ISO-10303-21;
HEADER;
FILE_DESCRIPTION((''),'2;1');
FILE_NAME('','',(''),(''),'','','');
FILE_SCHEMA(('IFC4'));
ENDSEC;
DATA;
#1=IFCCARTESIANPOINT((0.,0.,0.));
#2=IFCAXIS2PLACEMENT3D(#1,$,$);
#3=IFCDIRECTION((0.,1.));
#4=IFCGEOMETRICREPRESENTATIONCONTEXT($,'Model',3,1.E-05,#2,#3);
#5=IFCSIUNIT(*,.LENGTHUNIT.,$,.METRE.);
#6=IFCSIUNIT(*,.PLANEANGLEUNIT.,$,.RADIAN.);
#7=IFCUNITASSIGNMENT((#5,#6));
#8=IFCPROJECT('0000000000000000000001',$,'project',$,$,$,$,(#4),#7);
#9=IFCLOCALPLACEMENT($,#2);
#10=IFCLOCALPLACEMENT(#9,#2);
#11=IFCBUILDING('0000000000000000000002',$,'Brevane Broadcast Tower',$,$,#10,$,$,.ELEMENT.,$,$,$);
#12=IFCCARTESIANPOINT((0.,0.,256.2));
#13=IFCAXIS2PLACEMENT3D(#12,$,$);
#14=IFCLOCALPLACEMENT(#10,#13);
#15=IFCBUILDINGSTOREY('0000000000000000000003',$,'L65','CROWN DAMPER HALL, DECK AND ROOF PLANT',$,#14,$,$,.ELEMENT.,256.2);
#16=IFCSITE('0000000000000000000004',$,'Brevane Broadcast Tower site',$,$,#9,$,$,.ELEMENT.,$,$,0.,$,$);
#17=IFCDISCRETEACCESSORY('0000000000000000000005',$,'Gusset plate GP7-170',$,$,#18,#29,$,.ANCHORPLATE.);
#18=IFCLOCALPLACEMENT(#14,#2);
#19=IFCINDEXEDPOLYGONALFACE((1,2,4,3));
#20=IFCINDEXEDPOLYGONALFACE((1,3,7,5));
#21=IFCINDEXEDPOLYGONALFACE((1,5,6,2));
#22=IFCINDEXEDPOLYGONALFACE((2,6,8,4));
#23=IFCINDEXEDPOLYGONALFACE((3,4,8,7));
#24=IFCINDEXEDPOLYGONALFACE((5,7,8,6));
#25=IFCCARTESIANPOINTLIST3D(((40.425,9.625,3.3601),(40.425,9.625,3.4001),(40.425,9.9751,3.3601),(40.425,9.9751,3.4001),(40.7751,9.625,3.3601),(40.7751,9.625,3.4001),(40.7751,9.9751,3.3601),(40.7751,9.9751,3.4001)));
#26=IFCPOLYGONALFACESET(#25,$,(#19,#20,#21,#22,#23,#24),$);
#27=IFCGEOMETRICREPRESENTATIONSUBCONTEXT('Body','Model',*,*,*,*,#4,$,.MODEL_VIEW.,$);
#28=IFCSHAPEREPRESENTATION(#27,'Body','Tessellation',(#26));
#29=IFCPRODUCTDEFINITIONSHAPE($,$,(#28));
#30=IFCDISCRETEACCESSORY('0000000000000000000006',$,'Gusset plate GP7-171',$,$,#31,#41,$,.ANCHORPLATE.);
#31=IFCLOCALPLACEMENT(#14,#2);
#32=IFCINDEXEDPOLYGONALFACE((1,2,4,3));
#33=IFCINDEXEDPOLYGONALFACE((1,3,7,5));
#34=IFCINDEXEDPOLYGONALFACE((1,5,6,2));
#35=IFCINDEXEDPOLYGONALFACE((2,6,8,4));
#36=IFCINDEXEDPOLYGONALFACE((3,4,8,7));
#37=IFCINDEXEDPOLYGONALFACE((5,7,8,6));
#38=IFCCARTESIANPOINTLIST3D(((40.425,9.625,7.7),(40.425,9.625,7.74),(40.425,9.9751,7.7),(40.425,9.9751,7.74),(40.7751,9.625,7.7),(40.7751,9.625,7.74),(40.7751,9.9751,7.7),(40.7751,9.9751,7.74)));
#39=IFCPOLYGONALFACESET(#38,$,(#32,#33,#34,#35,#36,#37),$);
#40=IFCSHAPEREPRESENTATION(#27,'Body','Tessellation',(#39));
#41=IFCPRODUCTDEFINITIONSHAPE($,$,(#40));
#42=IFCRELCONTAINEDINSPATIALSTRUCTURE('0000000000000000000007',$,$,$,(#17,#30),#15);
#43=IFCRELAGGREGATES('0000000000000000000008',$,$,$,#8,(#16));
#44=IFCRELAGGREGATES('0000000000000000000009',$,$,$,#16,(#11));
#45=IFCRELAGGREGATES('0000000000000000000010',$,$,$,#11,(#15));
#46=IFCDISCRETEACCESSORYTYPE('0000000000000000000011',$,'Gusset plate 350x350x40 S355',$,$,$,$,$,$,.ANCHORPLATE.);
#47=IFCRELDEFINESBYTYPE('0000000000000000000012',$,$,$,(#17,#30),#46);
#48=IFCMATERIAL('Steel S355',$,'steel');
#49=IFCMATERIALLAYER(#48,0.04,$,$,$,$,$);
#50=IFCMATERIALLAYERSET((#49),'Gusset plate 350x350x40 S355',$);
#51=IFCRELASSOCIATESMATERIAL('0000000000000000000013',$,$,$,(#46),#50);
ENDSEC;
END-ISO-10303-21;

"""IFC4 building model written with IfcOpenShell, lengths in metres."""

from ifc_helpers import new_model, si_unit, direction, frame, origin, origin_2d, place, context, subcontext, project, spatial, rectangle, extrude, material, layer, layer_set, type_object, element, save


model = new_model("IFC4")

# Units and contexts
model_context = context("Model", 3, precision=1e-05, world=origin(), true_north=direction((0.0, 1.0)))
body_context = subcontext(model_context, "Body", "Model", "MODEL_VIEW")
ifc_project = project(units=[si_unit("LENGTHUNIT", "METRE"), si_unit("PLANEANGLEUNIT", "RADIAN")], contexts=[model_context])

# Site, building, storey
site_placement = place(None, origin())
site = spatial("IfcSite", under=ifc_project, at=site_placement, Name="Brevane Broadcast Tower site", CompositionType="ELEMENT", RefElevation=0.0)
building_placement = place(site_placement, origin())
building = spatial("IfcBuilding", under=site, at=building_placement, Name="Brevane Broadcast Tower", CompositionType="ELEMENT")
storey_placement = place(building_placement, frame((0.0, 0.0, 256.2)))
storey = spatial("IfcBuildingStorey", under=building, at=storey_placement, Name="L65", Description="CROWN DAMPER HALL, DECK AND ROOF PLANT", CompositionType="ELEMENT", Elevation=256.2)

# Shared definitions
ifc_material_1 = material(Name="Steel S355", Category="steel")

# Discrete accessories
ifc_layer_1 = layer(ifc_material_1, 0.04)
ifc_layer_set_1 = layer_set([ifc_layer_1], Name="Gusset plate 350x350x40 S355")
discrete_accessory_type = type_object("IfcDiscreteAccessoryType", Name="Gusset plate 350x350x40 S355", PredefinedType="ANCHORPLATE", material=ifc_layer_set_1)
for number, where, z_axis, x_axis, name in (
    (1, (40.6001, 9.8, 3.3601), (0.0, 0.0, 1.0), (1.0, 0.0, 0.0), "Gusset plate GP7-170"),
    (2, (40.6001, 9.8, 7.7), (0.0, 0.0, 1.0), (1.0, 0.0, 0.0), "Gusset plate GP7-171"),
):
    element("IfcDiscreteAccessory", number, at=place(storey_placement, frame(where, z_axis=z_axis, x_axis=x_axis)), inside=storey, type_object=discrete_accessory_type, Name=name, PredefinedType="ANCHORPLATE", context=body_context, shape_type="SweptSolid", body=[
        extrude(rectangle(XDim=0.3501, YDim=0.3501, at=origin_2d()), origin(), (0.0, 0.0, 1.0), 0.04),
    ])

save(model, "model.ifc")
